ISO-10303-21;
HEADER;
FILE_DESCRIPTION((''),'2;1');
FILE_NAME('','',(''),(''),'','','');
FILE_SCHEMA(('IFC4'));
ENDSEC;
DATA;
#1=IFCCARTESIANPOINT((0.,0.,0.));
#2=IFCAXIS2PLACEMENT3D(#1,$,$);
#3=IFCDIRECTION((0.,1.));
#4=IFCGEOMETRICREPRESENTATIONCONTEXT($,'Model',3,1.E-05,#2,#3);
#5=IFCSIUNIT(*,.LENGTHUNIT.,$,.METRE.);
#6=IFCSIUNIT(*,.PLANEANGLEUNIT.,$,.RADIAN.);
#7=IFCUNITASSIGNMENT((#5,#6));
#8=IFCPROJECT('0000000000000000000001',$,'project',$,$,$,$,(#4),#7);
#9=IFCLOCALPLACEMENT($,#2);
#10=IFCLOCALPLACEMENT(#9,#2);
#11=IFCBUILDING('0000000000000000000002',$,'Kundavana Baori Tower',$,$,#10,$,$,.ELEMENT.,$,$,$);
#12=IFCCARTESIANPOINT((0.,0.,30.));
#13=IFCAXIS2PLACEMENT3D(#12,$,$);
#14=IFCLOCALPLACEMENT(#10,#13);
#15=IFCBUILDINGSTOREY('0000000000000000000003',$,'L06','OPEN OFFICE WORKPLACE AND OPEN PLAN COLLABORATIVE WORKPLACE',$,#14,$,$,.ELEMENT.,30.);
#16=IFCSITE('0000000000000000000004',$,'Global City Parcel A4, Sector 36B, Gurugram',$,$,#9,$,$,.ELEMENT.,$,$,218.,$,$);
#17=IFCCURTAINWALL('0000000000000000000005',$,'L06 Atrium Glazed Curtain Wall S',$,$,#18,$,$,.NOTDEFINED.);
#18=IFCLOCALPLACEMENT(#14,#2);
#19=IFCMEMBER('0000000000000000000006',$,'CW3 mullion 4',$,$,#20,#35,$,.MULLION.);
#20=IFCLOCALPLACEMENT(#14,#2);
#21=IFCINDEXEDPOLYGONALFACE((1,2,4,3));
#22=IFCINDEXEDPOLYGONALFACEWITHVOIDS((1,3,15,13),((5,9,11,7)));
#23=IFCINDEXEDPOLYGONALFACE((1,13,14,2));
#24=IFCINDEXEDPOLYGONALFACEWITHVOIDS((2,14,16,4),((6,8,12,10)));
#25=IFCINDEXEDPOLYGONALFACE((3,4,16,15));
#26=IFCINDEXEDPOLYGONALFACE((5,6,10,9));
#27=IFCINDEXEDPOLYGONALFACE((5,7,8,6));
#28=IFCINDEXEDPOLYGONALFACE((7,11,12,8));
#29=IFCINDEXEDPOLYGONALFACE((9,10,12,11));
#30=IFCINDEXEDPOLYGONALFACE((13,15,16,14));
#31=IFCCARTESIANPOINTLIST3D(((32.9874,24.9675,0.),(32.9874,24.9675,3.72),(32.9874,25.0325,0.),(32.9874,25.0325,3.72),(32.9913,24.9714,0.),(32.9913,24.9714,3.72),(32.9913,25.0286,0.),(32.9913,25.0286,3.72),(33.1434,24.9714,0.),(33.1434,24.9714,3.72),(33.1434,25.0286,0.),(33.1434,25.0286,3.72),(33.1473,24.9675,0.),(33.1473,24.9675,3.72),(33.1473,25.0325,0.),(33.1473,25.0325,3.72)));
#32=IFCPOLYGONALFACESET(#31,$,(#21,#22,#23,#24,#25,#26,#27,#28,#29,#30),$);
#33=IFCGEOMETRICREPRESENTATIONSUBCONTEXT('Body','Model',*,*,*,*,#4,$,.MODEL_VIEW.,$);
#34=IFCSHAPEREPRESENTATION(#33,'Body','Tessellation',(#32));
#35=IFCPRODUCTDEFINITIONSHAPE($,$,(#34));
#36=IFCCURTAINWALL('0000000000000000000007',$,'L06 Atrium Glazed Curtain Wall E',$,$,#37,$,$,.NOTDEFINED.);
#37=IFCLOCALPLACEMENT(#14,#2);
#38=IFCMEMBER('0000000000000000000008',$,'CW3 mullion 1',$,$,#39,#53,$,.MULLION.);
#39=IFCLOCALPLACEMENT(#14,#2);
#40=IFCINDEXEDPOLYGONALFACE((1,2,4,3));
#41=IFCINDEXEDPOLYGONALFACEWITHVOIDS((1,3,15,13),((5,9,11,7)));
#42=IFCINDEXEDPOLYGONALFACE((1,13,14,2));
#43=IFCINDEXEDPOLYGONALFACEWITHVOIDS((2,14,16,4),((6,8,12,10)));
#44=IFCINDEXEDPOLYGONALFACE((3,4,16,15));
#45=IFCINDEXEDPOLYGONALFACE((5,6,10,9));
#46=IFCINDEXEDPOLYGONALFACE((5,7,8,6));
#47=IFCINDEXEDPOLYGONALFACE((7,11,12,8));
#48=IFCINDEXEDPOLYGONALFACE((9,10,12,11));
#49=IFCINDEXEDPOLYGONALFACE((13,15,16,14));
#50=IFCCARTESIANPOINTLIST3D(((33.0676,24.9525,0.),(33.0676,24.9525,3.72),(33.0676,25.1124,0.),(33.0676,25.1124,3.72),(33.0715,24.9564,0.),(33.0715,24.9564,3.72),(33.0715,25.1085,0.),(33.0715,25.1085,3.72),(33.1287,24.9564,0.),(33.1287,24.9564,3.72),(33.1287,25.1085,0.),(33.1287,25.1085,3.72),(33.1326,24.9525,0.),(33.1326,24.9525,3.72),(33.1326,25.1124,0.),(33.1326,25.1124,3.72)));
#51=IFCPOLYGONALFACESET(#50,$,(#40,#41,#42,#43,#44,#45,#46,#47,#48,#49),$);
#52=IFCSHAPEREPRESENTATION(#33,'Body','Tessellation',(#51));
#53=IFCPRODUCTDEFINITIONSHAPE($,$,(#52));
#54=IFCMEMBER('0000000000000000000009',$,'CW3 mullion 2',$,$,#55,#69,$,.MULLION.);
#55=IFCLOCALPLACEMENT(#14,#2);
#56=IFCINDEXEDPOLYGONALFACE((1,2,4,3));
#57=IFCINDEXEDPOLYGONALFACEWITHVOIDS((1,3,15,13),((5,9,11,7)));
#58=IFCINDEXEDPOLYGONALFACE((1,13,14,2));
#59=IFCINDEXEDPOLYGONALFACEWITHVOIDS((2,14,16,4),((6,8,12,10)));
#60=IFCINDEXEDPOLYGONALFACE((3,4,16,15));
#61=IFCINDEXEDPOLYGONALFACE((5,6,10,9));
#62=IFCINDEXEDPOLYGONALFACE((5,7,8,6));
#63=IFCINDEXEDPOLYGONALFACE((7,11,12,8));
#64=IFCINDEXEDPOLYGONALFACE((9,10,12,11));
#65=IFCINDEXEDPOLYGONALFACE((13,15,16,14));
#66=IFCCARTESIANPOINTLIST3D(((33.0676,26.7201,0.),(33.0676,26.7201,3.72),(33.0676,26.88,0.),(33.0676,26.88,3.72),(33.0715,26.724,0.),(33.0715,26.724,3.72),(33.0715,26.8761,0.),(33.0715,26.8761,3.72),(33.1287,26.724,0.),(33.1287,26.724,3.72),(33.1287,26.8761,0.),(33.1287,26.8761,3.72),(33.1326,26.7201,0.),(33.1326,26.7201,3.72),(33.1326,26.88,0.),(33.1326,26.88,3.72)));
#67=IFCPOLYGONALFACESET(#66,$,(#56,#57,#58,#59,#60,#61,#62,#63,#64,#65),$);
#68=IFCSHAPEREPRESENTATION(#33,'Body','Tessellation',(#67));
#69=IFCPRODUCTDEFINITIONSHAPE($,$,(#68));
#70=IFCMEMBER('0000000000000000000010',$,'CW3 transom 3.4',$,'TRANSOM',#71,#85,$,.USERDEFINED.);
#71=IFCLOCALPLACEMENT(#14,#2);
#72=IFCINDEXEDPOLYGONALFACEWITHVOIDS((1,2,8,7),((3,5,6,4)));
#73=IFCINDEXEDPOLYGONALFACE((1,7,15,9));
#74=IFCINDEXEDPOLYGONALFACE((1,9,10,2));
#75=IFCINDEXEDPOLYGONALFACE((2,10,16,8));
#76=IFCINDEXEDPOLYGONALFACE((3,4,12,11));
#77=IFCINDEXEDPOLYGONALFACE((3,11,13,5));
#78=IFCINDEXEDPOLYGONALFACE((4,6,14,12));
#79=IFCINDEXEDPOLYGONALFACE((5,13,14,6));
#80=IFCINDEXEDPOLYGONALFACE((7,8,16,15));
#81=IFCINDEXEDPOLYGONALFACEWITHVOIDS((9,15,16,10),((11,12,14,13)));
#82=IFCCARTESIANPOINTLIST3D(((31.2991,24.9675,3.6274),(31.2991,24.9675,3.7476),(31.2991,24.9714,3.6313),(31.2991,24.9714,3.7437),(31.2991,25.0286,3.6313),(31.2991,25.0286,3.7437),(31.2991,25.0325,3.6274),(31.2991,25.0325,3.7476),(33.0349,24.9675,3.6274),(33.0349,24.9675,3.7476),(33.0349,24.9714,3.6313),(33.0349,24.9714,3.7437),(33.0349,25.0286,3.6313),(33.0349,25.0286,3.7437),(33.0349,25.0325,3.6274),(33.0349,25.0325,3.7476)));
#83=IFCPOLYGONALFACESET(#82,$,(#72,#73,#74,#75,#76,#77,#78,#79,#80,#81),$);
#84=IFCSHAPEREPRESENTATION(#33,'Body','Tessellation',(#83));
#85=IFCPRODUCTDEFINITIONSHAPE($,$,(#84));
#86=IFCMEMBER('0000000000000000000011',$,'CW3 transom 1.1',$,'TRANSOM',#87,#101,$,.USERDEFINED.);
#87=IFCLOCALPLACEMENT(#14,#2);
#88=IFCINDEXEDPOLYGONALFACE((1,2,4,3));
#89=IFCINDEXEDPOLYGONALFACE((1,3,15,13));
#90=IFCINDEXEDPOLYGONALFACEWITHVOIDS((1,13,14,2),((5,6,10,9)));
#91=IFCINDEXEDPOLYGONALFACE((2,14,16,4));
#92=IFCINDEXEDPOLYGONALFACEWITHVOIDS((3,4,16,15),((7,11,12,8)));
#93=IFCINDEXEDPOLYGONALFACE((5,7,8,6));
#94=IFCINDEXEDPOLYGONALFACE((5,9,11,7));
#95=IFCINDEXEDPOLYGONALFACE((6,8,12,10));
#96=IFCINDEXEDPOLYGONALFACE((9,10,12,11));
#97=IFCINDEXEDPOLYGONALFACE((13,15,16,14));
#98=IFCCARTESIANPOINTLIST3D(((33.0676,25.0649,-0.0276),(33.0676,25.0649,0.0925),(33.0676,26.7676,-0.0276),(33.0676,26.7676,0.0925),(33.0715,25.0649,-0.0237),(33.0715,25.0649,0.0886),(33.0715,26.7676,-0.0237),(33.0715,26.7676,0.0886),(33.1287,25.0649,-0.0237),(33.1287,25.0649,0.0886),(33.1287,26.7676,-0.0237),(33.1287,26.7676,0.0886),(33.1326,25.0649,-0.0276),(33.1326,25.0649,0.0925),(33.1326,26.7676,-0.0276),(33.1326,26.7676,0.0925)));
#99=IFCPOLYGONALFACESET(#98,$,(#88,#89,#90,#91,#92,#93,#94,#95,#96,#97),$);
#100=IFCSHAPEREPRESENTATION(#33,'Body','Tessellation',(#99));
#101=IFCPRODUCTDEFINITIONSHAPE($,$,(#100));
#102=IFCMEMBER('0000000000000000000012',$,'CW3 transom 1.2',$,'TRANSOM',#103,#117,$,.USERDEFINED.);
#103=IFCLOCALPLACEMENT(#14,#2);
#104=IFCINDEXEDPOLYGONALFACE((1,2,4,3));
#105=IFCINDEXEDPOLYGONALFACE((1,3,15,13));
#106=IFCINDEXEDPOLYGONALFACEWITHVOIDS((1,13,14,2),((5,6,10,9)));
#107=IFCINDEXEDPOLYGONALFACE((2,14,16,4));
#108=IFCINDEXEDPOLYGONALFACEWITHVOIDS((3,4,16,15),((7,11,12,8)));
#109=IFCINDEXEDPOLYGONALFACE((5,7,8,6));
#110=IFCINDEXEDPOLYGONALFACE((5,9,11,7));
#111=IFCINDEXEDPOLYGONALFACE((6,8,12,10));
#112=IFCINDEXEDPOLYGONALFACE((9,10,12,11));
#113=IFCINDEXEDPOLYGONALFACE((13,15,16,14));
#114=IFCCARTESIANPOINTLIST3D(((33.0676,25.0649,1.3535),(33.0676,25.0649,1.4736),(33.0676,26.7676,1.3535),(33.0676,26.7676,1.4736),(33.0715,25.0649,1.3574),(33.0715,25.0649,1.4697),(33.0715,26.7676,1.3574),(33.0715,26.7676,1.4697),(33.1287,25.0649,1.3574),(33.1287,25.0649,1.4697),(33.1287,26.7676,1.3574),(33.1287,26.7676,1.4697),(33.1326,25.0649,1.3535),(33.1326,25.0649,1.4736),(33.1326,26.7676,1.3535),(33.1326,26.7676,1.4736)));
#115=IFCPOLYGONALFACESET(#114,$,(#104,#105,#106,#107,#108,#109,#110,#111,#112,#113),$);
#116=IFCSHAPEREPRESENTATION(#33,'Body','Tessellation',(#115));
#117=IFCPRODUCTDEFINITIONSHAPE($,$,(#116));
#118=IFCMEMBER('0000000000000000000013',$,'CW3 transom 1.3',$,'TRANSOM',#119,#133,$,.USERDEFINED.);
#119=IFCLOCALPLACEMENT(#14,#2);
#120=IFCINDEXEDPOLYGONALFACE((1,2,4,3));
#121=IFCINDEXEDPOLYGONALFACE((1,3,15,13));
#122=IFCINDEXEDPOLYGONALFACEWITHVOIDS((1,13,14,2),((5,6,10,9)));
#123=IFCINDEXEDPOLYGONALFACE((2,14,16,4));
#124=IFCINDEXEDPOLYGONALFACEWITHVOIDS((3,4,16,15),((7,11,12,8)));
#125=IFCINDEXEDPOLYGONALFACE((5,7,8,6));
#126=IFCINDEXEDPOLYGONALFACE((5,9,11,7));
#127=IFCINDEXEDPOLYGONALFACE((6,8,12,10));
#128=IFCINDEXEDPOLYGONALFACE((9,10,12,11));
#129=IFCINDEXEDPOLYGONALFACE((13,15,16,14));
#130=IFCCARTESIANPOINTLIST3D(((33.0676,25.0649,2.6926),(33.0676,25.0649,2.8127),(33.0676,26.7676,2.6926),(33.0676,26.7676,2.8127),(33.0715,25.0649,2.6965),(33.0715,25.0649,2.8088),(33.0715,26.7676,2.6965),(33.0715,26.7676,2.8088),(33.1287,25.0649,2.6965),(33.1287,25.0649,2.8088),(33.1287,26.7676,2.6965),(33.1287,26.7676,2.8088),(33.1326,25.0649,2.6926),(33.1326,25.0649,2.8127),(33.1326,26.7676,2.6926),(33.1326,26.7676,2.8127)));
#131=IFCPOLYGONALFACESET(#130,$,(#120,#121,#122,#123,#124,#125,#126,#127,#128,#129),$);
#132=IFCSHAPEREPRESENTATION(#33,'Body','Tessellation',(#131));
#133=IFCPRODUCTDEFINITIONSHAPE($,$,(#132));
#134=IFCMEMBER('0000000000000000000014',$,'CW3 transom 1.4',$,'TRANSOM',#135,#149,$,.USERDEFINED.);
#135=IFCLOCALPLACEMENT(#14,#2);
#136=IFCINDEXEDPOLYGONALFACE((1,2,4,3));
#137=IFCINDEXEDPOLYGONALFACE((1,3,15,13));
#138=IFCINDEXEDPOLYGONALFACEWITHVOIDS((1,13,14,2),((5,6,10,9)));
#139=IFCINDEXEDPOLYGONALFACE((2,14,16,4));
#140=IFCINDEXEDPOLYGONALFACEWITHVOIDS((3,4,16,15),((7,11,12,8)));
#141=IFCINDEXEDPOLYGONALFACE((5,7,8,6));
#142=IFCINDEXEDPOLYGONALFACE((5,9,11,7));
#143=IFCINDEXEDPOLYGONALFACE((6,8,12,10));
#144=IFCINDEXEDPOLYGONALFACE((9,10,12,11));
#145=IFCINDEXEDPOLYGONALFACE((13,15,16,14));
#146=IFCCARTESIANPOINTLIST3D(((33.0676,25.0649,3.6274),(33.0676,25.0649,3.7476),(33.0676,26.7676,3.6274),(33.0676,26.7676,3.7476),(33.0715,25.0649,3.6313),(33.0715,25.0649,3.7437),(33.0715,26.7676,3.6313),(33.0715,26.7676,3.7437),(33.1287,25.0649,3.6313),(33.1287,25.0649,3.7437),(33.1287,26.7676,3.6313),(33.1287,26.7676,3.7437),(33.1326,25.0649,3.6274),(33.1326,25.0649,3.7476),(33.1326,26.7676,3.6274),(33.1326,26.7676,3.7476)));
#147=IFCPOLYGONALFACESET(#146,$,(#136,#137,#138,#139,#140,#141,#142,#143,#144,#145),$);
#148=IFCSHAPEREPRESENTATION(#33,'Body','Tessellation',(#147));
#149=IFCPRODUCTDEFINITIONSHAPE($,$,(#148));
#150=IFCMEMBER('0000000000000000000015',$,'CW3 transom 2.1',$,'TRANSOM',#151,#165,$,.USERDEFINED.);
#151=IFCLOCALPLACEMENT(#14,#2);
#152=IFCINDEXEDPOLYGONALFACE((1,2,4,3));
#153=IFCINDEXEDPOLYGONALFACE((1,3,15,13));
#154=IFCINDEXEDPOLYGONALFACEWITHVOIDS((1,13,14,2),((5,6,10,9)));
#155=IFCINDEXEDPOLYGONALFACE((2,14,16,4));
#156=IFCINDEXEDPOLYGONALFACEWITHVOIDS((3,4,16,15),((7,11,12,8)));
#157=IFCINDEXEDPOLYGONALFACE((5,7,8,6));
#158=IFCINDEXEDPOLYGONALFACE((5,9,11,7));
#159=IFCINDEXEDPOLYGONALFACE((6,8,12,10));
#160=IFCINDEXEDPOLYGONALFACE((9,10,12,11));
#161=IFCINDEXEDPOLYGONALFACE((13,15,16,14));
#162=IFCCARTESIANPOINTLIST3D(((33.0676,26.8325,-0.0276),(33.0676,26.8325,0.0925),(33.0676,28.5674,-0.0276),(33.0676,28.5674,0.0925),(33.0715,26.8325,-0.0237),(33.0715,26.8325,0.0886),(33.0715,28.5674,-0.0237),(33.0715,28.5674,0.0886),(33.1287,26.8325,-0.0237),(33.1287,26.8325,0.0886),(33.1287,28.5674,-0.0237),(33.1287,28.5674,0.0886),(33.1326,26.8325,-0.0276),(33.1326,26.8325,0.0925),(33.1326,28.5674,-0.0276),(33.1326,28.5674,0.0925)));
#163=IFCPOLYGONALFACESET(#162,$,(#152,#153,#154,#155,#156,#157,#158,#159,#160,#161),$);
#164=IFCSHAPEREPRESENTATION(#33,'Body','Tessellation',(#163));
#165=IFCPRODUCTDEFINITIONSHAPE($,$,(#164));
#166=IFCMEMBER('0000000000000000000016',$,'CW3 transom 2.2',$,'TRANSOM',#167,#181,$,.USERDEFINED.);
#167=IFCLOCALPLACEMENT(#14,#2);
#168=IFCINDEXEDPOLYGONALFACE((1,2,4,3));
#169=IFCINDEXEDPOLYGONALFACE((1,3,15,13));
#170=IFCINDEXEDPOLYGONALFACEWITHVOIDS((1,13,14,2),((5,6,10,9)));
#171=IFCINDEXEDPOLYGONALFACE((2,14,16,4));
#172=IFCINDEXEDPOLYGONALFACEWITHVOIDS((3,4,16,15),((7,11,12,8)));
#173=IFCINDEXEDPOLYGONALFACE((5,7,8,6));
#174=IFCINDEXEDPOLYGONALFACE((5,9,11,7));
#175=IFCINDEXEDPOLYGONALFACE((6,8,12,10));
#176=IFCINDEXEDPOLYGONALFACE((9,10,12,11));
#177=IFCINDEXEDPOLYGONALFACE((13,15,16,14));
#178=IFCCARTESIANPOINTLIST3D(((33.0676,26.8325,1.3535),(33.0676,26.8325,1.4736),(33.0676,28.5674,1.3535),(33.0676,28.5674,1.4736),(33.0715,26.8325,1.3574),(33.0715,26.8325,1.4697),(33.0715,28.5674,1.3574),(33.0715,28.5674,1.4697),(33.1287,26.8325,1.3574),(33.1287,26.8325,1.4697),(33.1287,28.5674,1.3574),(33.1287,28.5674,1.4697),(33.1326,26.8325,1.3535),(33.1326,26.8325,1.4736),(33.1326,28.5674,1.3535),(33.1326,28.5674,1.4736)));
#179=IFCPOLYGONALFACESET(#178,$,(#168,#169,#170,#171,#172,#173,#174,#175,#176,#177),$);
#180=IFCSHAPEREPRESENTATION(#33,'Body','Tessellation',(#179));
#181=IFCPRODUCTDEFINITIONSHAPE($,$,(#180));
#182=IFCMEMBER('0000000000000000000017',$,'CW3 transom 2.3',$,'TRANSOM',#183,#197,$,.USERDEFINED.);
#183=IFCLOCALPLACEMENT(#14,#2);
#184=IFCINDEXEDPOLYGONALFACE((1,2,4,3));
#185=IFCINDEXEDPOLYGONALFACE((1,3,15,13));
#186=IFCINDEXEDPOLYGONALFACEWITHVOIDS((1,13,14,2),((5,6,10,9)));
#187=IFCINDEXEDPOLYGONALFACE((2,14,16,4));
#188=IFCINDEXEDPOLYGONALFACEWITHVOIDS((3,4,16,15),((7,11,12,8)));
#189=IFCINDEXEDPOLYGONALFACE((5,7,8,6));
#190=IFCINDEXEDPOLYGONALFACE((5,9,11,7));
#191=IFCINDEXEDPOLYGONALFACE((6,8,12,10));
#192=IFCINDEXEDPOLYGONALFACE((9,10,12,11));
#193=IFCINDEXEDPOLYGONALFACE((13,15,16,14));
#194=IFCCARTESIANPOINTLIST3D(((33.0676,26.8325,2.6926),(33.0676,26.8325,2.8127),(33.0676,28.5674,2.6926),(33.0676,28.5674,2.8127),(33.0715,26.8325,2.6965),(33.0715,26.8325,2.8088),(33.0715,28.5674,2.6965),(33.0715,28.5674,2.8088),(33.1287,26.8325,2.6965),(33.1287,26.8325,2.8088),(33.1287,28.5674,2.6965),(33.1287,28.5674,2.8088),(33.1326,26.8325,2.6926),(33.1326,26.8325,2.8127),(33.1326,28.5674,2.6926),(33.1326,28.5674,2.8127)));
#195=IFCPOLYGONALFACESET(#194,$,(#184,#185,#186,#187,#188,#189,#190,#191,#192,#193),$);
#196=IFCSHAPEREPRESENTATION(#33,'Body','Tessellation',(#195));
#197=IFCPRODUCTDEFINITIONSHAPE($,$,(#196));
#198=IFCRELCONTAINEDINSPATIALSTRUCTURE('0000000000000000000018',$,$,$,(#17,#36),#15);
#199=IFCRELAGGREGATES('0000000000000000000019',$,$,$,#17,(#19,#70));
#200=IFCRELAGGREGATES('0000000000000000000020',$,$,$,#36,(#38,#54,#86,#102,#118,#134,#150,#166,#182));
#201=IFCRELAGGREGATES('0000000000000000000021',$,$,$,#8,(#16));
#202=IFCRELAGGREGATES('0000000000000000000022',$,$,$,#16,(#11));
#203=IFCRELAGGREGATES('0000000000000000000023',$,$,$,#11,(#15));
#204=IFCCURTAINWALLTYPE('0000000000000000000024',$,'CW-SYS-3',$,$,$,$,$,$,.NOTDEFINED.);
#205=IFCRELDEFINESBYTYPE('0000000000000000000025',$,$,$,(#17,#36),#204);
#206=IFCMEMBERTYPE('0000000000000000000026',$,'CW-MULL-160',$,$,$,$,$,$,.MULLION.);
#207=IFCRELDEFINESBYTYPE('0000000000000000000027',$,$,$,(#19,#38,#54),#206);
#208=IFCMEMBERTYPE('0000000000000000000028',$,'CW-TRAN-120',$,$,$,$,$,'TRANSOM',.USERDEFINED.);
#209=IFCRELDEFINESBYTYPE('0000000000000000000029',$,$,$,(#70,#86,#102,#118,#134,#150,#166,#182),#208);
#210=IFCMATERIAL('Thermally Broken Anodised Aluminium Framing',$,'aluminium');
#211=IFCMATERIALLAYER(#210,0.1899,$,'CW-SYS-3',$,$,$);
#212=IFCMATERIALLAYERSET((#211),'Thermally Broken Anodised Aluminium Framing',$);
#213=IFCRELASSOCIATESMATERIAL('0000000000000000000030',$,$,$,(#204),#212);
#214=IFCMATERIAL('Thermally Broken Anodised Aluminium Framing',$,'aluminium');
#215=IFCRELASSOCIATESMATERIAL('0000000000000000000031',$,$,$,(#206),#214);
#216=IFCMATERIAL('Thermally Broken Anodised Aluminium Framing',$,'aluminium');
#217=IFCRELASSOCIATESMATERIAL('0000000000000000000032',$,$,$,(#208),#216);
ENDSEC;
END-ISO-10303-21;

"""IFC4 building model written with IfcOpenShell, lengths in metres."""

from ifc_helpers import new_model, si_unit, direction, frame, origin, origin_2d, place, context, subcontext, project, spatial, hollow_rectangle, extrude, material, layer, layer_set, material_profile, profile_set, type_object, element, aggregate, save


model = new_model("IFC4")

# Units and contexts
model_context = context("Model", 3, precision=1e-05, world=origin(), true_north=direction((0.0, 1.0)))
body_context = subcontext(model_context, "Body", "Model", "MODEL_VIEW")
ifc_project = project(units=[si_unit("LENGTHUNIT", "METRE"), si_unit("PLANEANGLEUNIT", "RADIAN")], contexts=[model_context])

# Site, building, storey
site_placement = place(None, origin())
site = spatial("IfcSite", under=ifc_project, at=site_placement, Name="Global City Parcel A4, Sector 36B, Gurugram", CompositionType="ELEMENT", RefElevation=218.0)
building_placement = place(site_placement, origin())
building = spatial("IfcBuilding", under=site, at=building_placement, Name="Kundavana Baori Tower", CompositionType="ELEMENT")
storey_placement = place(building_placement, frame((0.0, 0.0, 30.0)))
storey = spatial("IfcBuildingStorey", under=building, at=storey_placement, Name="L06", Description="OPEN OFFICE WORKPLACE AND OPEN PLAN COLLABORATIVE WORKPLACE", CompositionType="ELEMENT", Elevation=30.0)

# Curtain wall, member
ifc_material_1 = material(Name="Thermally Broken Anodised Aluminium Framing", Category="aluminium")
ifc_layer_1 = layer(ifc_material_1, 0.1899, Name="CW-SYS-3")
ifc_layer_set_1 = layer_set([ifc_layer_1], Name="Thermally Broken Anodised Aluminium Framing")
curtain_wall_type = type_object("IfcCurtainWallType", Name="CW-SYS-3", PredefinedType="NOTDEFINED", material=ifc_layer_set_1)
curtain_wall_1_placement = place(storey_placement, origin())
curtain_wall_1 = element("IfcCurtainWall", 1, at=curtain_wall_1_placement, inside=storey, type_object=curtain_wall_type, Name="L06 Atrium Glazed Curtain Wall S", PredefinedType="NOTDEFINED")
ifc_material_2 = material(Name="Thermally Broken Anodised Aluminium Framing", Category="aluminium")
ifc_material_profile_1 = material_profile(ifc_material_2, hollow_rectangle(XDim=0.0649, YDim=0.1599, WallThickness=0.0039, at=origin_2d()), Name="CW-MULL-160")
ifc_profile_set_1 = profile_set([ifc_material_profile_1], Name="Thermally Broken Anodised Aluminium Framing")
member_type_1 = type_object("IfcMemberType", Name="CW-MULL-160", PredefinedType="MULLION", material=ifc_profile_set_1)
member_1_placement = place(storey_placement, frame((33.0674, 25.0, 0.0), z_axis=(0.0, 0.0, 1.0), x_axis=(0.0, 1.0, 0.0)))
member_1 = element("IfcMember", 2, at=member_1_placement, type_object=member_type_1, Name="CW3 mullion 4", PredefinedType="MULLION", context=body_context, shape_type="SweptSolid", body=[
    extrude(hollow_rectangle(XDim=0.0649, YDim=0.1599, WallThickness=0.0039, at=origin_2d()), origin(), (0.0, 0.0, 1.0), 3.72),
])

# Curtain wall, members
curtain_wall_2_placement = place(storey_placement, origin())
curtain_wall_2 = element("IfcCurtainWall", 3, at=curtain_wall_2_placement, inside=storey, type_object=curtain_wall_type, Name="L06 Atrium Glazed Curtain Wall E", PredefinedType="NOTDEFINED")
member_2_placement = place(storey_placement, frame((33.1001, 25.0325, 0.0), z_axis=(0.0, 0.0, 1.0), x_axis=(-1.0, 0.0, 0.0)))
member_2 = element("IfcMember", 4, at=member_2_placement, type_object=member_type_1, Name="CW3 mullion 1", PredefinedType="MULLION", context=body_context, shape_type="SweptSolid", body=[
    extrude(hollow_rectangle(XDim=0.0649, YDim=0.1599, WallThickness=0.0039, at=origin_2d()), origin(), (0.0, 0.0, 1.0), 3.72),
])
member_3_placement = place(storey_placement, frame((33.1001, 26.8, 0.0), z_axis=(0.0, 0.0, 1.0), x_axis=(-1.0, 0.0, 0.0)))
member_3 = element("IfcMember", 5, at=member_3_placement, type_object=member_type_1, Name="CW3 mullion 2", PredefinedType="MULLION", context=body_context, shape_type="SweptSolid", body=[
    extrude(hollow_rectangle(XDim=0.0649, YDim=0.1599, WallThickness=0.0039, at=origin_2d()), origin(), (0.0, 0.0, 1.0), 3.72),
])

# Members
ifc_material_3 = material(Name="Thermally Broken Anodised Aluminium Framing", Category="aluminium")
ifc_material_profile_2 = material_profile(ifc_material_3, hollow_rectangle(XDim=0.0649, YDim=0.1201, WallThickness=0.0039, at=origin_2d()), Name="CW-TRAN-120")
ifc_profile_set_2 = profile_set([ifc_material_profile_2], Name="Thermally Broken Anodised Aluminium Framing")
member_type_2 = type_object("IfcMemberType", Name="CW-TRAN-120", ElementType="TRANSOM", PredefinedType="USERDEFINED", material=ifc_profile_set_2)
member_4_placement = place(storey_placement, frame((31.2991, 25.0, 3.6875), z_axis=(1.0, 0.0, 0.0), x_axis=(0.0, 1.0, 0.0)))
member_4 = element("IfcMember", 6, at=member_4_placement, type_object=member_type_2, Name="CW3 transom 3.4", ObjectType="TRANSOM", PredefinedType="USERDEFINED", context=body_context, shape_type="SweptSolid", body=[
    extrude(hollow_rectangle(XDim=0.0649, YDim=0.1201, WallThickness=0.0039, at=origin_2d()), origin(), (0.0, 0.0, 1.0), 1.7358),
])
member_5_placement = place(storey_placement, frame((33.1001, 25.0649, 0.0325), z_axis=(0.0, 1.0, 0.0), x_axis=(-1.0, 0.0, 0.0)))
member_5 = element("IfcMember", 7, at=member_5_placement, type_object=member_type_2, Name="CW3 transom 1.1", ObjectType="TRANSOM", PredefinedType="USERDEFINED", context=body_context, shape_type="SweptSolid", body=[
    extrude(hollow_rectangle(XDim=0.0649, YDim=0.1201, WallThickness=0.0039, at=origin_2d()), origin(), (0.0, 0.0, 1.0), 1.7026),
])
member_6_placement = place(storey_placement, frame((33.1001, 25.0649, 1.4136), z_axis=(0.0, 1.0, 0.0), x_axis=(-1.0, 0.0, 0.0)))
member_6 = element("IfcMember", 8, at=member_6_placement, type_object=member_type_2, Name="CW3 transom 1.2", ObjectType="TRANSOM", PredefinedType="USERDEFINED", context=body_context, shape_type="SweptSolid", body=[
    extrude(hollow_rectangle(XDim=0.0649, YDim=0.1201, WallThickness=0.0039, at=origin_2d()), origin(), (0.0, 0.0, 1.0), 1.7026),
])
member_7_placement = place(storey_placement, frame((33.1001, 25.0649, 2.7527), z_axis=(0.0, 1.0, 0.0), x_axis=(-1.0, 0.0, 0.0)))
member_7 = element("IfcMember", 9, at=member_7_placement, type_object=member_type_2, Name="CW3 transom 1.3", ObjectType="TRANSOM", PredefinedType="USERDEFINED", context=body_context, shape_type="SweptSolid", body=[
    extrude(hollow_rectangle(XDim=0.0649, YDim=0.1201, WallThickness=0.0039, at=origin_2d()), origin(), (0.0, 0.0, 1.0), 1.7026),
])
member_8_placement = place(storey_placement, frame((33.1001, 25.0649, 3.6875), z_axis=(0.0, 1.0, 0.0), x_axis=(-1.0, 0.0, 0.0)))
member_8 = element("IfcMember", 10, at=member_8_placement, type_object=member_type_2, Name="CW3 transom 1.4", ObjectType="TRANSOM", PredefinedType="USERDEFINED", context=body_context, shape_type="SweptSolid", body=[
    extrude(hollow_rectangle(XDim=0.0649, YDim=0.1201, WallThickness=0.0039, at=origin_2d()), origin(), (0.0, 0.0, 1.0), 1.7026),
])
member_9_placement = place(storey_placement, frame((33.1001, 26.8325, 0.0325), z_axis=(0.0, 1.0, 0.0), x_axis=(-1.0, 0.0, 0.0)))
member_9 = element("IfcMember", 11, at=member_9_placement, type_object=member_type_2, Name="CW3 transom 2.1", ObjectType="TRANSOM", PredefinedType="USERDEFINED", context=body_context, shape_type="SweptSolid", body=[
    extrude(hollow_rectangle(XDim=0.0649, YDim=0.1201, WallThickness=0.0039, at=origin_2d()), origin(), (0.0, 0.0, 1.0), 1.7349),
])
member_10_placement = place(storey_placement, frame((33.1001, 26.8325, 1.4136), z_axis=(0.0, 1.0, 0.0), x_axis=(-1.0, 0.0, 0.0)))
member_10 = element("IfcMember", 12, at=member_10_placement, type_object=member_type_2, Name="CW3 transom 2.2", ObjectType="TRANSOM", PredefinedType="USERDEFINED", context=body_context, shape_type="SweptSolid", body=[
    extrude(hollow_rectangle(XDim=0.0649, YDim=0.1201, WallThickness=0.0039, at=origin_2d()), origin(), (0.0, 0.0, 1.0), 1.7349),
])
member_11_placement = place(storey_placement, frame((33.1001, 26.8325, 2.7527), z_axis=(0.0, 1.0, 0.0), x_axis=(-1.0, 0.0, 0.0)))
member_11 = element("IfcMember", 13, at=member_11_placement, type_object=member_type_2, Name="CW3 transom 2.3", ObjectType="TRANSOM", PredefinedType="USERDEFINED", context=body_context, shape_type="SweptSolid", body=[
    extrude(hollow_rectangle(XDim=0.0649, YDim=0.1201, WallThickness=0.0039, at=origin_2d()), origin(), (0.0, 0.0, 1.0), 1.7349),
])

aggregate(curtain_wall_1, [member_1, member_4])
aggregate(curtain_wall_2, [member_2, member_3, member_5, member_6, member_7, member_8, member_9, member_10, member_11])

save(model, "model.ifc")
